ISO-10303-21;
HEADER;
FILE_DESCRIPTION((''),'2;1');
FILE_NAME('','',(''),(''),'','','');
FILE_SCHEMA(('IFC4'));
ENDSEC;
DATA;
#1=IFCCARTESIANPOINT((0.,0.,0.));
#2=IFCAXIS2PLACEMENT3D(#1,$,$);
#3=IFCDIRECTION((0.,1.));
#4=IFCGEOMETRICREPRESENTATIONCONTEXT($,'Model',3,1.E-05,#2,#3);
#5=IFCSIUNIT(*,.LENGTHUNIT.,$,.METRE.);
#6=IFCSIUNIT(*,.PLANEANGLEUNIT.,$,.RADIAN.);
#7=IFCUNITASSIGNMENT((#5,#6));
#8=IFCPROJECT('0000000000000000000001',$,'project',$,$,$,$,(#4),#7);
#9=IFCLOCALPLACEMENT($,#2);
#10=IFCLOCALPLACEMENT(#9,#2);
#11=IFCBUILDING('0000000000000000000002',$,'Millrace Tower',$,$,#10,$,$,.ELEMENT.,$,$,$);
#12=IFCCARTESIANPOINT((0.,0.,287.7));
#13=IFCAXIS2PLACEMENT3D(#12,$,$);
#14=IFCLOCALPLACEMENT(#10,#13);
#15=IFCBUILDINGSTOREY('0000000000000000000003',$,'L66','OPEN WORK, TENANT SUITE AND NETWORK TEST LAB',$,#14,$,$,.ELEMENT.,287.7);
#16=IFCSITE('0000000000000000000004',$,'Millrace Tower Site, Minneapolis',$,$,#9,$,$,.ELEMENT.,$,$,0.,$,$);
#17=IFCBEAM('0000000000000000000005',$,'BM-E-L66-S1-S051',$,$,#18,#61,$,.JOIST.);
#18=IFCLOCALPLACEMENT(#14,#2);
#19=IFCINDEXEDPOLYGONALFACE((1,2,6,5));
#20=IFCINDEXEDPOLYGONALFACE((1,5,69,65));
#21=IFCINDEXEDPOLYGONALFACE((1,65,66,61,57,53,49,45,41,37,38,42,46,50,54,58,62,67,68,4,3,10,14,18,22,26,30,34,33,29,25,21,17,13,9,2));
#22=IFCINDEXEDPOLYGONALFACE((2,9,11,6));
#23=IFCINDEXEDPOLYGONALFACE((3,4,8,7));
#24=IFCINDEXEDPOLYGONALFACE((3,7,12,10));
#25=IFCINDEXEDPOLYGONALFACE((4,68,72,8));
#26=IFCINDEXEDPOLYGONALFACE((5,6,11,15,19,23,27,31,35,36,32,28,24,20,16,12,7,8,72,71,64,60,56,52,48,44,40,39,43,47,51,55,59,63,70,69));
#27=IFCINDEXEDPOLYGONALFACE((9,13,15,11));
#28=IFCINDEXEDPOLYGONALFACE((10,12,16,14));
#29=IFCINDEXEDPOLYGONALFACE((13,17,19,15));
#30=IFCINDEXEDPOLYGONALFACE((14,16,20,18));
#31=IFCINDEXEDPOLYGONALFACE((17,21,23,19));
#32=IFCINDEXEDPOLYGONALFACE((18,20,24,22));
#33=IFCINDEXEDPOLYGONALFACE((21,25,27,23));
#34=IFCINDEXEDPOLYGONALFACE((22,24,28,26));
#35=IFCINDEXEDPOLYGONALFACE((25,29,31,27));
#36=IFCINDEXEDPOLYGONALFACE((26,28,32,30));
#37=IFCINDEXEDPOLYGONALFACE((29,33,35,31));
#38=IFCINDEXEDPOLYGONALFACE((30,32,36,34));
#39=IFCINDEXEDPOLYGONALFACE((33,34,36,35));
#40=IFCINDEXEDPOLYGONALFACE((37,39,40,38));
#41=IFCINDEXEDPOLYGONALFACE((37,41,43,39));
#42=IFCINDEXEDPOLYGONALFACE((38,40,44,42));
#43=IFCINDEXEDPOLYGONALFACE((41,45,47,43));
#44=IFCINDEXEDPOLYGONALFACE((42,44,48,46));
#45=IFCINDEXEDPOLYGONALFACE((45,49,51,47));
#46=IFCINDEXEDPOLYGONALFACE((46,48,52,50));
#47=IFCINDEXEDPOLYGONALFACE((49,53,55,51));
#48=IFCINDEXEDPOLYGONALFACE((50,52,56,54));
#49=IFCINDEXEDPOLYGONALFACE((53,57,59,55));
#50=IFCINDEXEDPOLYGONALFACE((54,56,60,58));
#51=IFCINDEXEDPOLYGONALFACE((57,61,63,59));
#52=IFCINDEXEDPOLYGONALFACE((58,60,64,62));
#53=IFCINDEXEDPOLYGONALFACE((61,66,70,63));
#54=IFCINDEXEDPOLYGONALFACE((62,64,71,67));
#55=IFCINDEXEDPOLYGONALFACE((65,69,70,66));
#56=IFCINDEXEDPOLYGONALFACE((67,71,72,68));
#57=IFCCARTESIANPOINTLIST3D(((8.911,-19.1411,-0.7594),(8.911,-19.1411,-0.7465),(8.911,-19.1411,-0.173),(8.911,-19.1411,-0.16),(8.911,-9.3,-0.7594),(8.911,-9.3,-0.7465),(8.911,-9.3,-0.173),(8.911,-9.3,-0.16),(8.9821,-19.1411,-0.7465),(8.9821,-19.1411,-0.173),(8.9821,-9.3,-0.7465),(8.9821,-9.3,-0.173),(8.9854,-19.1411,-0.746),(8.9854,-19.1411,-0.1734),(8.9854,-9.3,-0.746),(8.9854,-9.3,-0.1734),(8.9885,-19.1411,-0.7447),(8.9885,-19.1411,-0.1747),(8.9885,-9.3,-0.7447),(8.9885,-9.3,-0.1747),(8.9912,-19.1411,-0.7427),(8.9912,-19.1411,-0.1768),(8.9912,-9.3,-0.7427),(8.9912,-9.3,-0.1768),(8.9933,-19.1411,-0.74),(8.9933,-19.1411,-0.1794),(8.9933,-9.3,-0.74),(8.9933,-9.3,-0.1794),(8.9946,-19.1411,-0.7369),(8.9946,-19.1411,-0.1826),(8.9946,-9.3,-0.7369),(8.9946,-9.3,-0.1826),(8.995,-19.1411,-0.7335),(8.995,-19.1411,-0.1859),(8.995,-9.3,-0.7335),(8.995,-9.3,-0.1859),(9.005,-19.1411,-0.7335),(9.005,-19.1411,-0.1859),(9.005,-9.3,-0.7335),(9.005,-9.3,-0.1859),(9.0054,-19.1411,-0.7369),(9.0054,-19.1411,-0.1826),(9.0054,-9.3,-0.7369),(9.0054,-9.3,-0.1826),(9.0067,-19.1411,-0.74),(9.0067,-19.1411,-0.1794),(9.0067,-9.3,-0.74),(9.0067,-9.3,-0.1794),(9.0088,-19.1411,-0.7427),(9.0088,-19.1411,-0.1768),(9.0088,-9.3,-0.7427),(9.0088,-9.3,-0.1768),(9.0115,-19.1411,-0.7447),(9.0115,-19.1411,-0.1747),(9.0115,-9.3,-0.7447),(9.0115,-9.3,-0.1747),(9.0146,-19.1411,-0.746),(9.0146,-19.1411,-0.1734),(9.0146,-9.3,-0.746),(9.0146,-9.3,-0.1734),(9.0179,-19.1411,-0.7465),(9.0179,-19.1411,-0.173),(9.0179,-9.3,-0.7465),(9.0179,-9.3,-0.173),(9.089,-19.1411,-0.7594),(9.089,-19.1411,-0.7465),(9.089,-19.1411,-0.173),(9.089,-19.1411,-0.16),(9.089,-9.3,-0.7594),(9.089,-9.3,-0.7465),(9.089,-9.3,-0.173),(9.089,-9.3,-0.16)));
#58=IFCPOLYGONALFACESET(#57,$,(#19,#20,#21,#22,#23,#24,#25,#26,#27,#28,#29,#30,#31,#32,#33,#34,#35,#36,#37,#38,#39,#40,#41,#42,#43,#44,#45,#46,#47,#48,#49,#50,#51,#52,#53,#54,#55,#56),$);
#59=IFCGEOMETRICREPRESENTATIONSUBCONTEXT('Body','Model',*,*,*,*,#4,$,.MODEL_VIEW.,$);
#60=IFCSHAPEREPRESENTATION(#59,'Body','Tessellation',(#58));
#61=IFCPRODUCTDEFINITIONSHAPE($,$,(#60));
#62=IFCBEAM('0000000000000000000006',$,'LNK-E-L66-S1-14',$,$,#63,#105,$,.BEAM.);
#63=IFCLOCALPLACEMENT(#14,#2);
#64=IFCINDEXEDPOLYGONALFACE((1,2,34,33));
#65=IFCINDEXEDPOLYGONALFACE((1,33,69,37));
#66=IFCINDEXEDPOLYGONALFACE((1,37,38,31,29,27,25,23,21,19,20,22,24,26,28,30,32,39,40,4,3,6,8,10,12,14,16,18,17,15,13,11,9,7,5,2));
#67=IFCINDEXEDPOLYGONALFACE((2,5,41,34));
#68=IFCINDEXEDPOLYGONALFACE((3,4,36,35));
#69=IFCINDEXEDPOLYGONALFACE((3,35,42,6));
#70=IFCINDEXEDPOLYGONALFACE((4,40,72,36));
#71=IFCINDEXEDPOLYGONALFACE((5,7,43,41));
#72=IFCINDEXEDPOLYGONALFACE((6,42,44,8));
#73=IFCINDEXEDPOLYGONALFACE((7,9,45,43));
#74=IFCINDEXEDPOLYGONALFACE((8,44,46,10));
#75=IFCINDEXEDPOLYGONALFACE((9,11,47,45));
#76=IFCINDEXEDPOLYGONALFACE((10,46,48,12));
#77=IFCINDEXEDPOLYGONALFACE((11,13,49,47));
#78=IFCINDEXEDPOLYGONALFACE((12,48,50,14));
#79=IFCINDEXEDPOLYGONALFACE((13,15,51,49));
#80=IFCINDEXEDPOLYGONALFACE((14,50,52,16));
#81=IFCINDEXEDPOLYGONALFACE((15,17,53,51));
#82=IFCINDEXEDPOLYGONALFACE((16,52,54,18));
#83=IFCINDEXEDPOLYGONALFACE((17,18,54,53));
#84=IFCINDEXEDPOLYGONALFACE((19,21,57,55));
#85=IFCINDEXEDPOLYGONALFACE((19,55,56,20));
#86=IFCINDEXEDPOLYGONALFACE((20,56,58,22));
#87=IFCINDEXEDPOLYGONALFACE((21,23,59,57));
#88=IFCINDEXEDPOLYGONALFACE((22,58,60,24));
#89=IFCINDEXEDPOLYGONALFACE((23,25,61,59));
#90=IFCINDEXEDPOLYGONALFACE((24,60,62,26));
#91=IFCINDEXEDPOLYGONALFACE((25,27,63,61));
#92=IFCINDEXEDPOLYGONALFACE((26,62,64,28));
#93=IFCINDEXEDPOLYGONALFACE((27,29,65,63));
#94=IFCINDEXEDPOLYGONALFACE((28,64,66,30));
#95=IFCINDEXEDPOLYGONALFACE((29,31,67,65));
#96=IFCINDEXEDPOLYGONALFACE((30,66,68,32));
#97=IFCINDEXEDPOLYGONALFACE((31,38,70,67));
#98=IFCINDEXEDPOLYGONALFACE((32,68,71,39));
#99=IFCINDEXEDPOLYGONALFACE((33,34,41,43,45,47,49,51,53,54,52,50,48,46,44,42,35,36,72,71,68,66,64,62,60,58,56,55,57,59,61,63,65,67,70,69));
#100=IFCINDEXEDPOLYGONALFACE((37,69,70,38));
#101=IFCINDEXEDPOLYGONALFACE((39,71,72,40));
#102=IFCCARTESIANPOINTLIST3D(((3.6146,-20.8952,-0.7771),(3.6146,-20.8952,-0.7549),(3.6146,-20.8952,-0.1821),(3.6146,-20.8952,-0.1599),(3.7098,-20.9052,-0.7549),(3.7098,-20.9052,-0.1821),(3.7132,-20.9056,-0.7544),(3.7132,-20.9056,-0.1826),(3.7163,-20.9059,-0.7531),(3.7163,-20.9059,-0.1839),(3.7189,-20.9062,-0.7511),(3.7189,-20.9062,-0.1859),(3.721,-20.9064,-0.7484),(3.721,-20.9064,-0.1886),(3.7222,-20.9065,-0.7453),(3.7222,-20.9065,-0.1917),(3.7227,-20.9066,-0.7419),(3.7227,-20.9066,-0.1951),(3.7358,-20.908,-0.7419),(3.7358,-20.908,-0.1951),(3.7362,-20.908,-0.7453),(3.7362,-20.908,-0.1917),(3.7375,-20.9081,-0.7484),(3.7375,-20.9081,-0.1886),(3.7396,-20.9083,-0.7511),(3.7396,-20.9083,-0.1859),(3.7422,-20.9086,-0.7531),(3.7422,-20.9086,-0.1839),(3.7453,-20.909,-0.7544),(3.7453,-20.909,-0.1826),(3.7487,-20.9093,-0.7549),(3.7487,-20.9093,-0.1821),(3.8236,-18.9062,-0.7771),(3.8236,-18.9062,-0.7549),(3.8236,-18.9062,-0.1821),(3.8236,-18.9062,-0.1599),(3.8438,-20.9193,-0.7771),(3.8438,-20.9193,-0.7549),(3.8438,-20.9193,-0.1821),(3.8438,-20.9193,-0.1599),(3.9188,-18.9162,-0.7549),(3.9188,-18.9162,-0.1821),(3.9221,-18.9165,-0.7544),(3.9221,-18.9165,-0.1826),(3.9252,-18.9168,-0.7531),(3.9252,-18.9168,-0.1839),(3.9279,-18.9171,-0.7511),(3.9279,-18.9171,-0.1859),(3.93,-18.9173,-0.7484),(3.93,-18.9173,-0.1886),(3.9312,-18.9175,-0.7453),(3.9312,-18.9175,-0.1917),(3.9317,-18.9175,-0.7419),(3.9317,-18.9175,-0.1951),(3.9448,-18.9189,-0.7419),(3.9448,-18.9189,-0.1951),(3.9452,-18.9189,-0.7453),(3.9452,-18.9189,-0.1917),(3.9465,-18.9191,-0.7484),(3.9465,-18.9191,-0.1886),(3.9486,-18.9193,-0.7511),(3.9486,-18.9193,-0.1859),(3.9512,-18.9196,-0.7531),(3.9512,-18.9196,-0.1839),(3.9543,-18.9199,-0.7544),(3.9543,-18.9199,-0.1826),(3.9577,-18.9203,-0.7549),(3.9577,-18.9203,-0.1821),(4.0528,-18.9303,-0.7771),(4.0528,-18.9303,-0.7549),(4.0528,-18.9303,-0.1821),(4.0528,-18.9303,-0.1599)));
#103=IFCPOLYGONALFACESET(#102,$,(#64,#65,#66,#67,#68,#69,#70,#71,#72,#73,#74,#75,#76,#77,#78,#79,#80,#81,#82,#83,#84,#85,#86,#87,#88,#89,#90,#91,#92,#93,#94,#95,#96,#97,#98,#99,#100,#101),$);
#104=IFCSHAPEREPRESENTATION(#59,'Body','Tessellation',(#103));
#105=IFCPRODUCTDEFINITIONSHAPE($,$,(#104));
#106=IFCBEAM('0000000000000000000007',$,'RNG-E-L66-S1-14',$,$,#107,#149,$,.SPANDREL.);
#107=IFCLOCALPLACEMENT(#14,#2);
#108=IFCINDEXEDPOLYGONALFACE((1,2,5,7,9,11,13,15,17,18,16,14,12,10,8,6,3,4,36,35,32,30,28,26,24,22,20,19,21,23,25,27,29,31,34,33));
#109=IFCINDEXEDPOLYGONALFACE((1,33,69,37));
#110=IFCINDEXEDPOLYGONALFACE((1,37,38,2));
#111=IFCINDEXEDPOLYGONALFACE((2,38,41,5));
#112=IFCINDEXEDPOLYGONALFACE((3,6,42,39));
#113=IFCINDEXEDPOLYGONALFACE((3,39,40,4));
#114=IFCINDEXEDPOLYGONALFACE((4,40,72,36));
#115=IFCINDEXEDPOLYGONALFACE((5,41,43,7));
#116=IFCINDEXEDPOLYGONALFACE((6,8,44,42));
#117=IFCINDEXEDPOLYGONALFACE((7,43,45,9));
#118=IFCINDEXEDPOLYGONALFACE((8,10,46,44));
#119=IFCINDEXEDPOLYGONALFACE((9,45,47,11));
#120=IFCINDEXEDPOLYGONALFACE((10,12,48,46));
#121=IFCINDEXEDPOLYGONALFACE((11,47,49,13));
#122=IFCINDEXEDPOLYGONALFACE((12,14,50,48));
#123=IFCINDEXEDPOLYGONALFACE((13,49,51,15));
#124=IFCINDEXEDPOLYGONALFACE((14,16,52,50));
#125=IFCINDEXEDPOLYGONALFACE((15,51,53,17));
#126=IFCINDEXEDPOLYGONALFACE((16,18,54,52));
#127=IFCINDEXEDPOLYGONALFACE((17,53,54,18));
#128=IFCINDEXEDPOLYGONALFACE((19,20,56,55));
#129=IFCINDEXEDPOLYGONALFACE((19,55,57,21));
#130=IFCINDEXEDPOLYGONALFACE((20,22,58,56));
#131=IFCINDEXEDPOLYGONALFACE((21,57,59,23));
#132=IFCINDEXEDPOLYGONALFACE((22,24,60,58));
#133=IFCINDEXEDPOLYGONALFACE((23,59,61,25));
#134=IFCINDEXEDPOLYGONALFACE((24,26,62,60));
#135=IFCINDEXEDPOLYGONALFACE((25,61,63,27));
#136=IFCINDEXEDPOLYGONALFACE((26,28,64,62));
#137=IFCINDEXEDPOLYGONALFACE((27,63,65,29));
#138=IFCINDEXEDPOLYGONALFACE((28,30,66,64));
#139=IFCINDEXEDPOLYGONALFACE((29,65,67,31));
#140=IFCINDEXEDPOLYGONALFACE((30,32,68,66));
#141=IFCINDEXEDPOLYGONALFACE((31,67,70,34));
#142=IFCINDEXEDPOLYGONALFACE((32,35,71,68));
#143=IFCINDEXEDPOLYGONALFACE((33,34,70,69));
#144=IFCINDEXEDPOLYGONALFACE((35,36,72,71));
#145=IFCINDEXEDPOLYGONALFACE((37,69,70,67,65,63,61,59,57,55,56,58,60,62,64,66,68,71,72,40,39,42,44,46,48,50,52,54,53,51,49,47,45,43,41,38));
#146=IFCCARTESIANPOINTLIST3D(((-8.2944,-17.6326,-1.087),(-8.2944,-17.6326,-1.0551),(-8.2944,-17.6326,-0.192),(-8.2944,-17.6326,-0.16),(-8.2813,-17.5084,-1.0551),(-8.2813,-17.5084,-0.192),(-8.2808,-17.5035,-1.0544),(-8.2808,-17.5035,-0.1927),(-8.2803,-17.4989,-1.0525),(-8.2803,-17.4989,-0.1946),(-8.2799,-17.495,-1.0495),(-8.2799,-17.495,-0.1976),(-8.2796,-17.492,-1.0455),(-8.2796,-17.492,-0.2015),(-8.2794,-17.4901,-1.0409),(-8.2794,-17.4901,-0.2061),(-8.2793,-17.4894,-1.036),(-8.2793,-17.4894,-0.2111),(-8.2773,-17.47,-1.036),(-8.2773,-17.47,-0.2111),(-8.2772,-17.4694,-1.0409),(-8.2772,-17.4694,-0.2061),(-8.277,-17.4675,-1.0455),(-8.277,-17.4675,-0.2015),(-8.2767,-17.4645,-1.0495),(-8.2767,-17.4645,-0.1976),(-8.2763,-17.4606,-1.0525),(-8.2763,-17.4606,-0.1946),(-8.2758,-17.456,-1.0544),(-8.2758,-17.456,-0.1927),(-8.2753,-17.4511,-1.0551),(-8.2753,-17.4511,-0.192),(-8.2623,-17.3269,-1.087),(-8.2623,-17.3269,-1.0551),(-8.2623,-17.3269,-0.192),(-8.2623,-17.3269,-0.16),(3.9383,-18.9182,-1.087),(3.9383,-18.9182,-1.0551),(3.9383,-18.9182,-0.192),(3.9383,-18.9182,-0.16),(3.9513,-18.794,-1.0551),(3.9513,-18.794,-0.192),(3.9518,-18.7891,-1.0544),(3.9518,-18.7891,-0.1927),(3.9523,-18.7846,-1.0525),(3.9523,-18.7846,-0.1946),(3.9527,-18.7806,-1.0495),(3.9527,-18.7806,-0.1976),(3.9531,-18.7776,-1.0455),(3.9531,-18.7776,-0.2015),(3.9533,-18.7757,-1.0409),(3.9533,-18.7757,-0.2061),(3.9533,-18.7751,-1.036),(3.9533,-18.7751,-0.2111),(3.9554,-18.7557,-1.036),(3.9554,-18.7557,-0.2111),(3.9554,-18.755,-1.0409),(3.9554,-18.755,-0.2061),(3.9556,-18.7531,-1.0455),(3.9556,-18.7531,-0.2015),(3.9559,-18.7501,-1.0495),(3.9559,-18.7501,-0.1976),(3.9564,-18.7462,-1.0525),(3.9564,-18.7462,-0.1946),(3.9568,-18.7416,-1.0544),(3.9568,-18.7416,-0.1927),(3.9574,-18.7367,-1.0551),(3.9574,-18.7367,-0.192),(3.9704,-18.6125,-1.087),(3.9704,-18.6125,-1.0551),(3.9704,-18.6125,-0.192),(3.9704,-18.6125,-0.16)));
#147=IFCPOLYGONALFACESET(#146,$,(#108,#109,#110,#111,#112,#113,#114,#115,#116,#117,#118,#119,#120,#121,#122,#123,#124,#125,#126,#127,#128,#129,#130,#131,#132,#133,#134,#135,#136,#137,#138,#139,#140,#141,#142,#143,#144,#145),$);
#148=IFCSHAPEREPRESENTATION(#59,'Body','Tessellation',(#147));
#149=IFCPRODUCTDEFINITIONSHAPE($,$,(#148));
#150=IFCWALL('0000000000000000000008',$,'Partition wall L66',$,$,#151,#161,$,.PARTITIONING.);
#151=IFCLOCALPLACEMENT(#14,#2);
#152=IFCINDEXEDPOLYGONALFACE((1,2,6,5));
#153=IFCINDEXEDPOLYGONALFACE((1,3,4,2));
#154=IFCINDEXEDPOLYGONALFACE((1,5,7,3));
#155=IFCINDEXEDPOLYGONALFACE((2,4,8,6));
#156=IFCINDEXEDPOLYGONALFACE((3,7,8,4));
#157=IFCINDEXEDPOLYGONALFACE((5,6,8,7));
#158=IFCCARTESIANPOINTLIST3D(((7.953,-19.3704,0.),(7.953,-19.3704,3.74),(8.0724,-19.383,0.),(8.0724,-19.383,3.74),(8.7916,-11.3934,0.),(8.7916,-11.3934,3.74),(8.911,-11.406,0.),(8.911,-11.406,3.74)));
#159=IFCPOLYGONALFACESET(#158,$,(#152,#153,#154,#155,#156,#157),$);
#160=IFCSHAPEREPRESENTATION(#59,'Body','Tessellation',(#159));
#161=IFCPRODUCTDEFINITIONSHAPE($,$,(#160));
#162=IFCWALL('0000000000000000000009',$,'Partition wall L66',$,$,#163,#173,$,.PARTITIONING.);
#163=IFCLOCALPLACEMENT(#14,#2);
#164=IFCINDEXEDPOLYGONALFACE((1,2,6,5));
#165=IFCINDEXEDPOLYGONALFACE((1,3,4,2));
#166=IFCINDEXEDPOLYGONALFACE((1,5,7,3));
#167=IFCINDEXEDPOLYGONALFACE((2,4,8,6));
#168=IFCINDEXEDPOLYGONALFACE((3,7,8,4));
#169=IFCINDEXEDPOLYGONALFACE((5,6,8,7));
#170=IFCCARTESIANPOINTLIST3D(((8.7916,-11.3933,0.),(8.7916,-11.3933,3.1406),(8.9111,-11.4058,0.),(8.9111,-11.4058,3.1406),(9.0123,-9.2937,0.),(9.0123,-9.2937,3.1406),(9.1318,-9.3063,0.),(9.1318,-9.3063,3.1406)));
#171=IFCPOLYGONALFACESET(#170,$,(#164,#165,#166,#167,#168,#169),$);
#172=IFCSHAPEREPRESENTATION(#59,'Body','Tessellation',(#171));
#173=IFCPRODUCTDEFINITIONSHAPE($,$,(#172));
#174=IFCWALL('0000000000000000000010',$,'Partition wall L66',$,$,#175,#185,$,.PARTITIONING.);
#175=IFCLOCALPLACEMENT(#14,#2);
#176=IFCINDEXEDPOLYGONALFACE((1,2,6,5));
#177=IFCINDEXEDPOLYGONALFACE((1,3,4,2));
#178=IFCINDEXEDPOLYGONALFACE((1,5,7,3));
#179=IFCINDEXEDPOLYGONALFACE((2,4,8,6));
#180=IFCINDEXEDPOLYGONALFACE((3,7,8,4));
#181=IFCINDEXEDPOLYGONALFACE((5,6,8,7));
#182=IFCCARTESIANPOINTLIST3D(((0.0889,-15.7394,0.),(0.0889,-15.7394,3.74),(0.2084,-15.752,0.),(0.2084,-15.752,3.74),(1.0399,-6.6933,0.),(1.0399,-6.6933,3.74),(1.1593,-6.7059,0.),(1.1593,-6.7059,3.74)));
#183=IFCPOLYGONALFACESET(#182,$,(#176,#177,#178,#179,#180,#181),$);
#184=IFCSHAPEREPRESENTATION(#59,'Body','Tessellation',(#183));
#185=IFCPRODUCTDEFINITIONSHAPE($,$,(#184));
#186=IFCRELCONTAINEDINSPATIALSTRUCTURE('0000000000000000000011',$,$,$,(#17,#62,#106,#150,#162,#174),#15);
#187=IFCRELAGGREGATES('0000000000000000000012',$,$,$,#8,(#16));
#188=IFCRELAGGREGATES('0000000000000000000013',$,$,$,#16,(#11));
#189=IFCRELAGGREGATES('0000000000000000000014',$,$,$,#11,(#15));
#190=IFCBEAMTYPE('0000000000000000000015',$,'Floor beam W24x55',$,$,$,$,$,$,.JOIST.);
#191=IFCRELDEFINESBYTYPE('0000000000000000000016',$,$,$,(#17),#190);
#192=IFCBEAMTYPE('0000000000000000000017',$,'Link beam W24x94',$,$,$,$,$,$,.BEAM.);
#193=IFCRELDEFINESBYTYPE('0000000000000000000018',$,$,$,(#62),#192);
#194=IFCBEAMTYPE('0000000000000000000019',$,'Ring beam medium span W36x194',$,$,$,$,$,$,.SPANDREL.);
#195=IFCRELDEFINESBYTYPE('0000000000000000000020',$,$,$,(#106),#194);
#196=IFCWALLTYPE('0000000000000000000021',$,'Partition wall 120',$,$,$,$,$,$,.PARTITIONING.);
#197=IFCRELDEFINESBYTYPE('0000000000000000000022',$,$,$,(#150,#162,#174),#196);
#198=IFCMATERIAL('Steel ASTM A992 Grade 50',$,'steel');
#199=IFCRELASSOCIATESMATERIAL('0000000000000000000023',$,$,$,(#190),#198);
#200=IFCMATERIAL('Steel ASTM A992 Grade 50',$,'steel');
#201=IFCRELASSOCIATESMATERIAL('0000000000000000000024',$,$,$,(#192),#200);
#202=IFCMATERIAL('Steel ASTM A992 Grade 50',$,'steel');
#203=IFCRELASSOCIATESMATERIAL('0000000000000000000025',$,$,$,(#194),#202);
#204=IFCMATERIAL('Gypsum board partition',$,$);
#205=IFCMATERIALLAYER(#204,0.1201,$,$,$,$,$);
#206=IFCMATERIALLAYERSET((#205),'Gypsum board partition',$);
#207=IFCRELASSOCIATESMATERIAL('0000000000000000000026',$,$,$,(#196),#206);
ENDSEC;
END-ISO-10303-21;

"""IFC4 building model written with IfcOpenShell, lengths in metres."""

from ifc_helpers import new_model, si_unit, direction, frame, frame_2d, origin, origin_2d, place, context, subcontext, project, spatial, rectangle, i_section, extrude, material, layer, layer_set, material_profile, profile_set, type_object, element, save


model = new_model("IFC4")

# Units and contexts
model_context = context("Model", 3, precision=1e-05, world=origin(), true_north=direction((0.0, 1.0)))
body_context = subcontext(model_context, "Body", "Model", "MODEL_VIEW")
ifc_project = project(units=[si_unit("LENGTHUNIT", "METRE"), si_unit("PLANEANGLEUNIT", "RADIAN")], contexts=[model_context])

# Site, building, storey
site_placement = place(None, origin())
site = spatial("IfcSite", under=ifc_project, at=site_placement, Name="Millrace Tower Site, Minneapolis", CompositionType="ELEMENT", RefElevation=0.0)
building_placement = place(site_placement, origin())
building = spatial("IfcBuilding", under=site, at=building_placement, Name="Millrace Tower", CompositionType="ELEMENT")
storey_placement = place(building_placement, frame((0.0, 0.0, 287.7)))
storey = spatial("IfcBuildingStorey", under=building, at=storey_placement, Name="L66", Description="OPEN WORK, TENANT SUITE AND NETWORK TEST LAB", CompositionType="ELEMENT", Elevation=287.7)

# Beams
ifc_material_1 = material(Name="Steel ASTM A992 Grade 50", Category="steel")
ifc_material_profile_1 = material_profile(ifc_material_1, i_section(OverallWidth=0.178, OverallDepth=0.5994, WebThickness=0.01, FlangeThickness=0.0129, FilletRadius=0.0129, at=origin_2d()))
ifc_profile_set_1 = profile_set([ifc_material_profile_1], Name="Steel ASTM A992 Grade 50")
beam_type_1 = type_object("IfcBeamType", Name="Floor beam W24x55", PredefinedType="JOIST", material=ifc_profile_set_1)
beam_1_placement = place(storey_placement, frame((9.0, -19.1411, -0.4597), z_axis=(0.0, 1.0, 0.0), x_axis=(-1.0, 0.0, 0.0)))
element("IfcBeam", 1, at=beam_1_placement, inside=storey, type_object=beam_type_1, Name="BM-E-L66-S1-S051", PredefinedType="JOIST", context=body_context, shape_type="SweptSolid", body=[
    extrude(i_section(OverallWidth=0.178, OverallDepth=0.5994, WebThickness=0.01, FlangeThickness=0.0129, FilletRadius=0.0129, at=origin_2d()), origin(), (0.0, 0.0, 1.0), 9.8411),
])
ifc_material_2 = material(Name="Steel ASTM A992 Grade 50", Category="steel")
ifc_material_profile_2 = material_profile(ifc_material_2, i_section(OverallWidth=0.2305, OverallDepth=0.6172, WebThickness=0.0132, FlangeThickness=0.0222, FilletRadius=0.0129, at=origin_2d()))
ifc_profile_set_2 = profile_set([ifc_material_profile_2], Name="Steel ASTM A992 Grade 50")
beam_type_2 = type_object("IfcBeamType", Name="Link beam W24x94", PredefinedType="BEAM", material=ifc_profile_set_2)
beam_2_placement = place(storey_placement, frame((3.9382, -18.9182, -0.4685), z_axis=(-0.104494, -0.994526, 0.0), x_axis=(0.994526, -0.104494, 0.0)))
element("IfcBeam", 2, at=beam_2_placement, inside=storey, type_object=beam_type_2, Name="LNK-E-L66-S1-14", PredefinedType="BEAM", context=body_context, shape_type="SweptSolid", body=[
    extrude(i_section(OverallWidth=0.2305, OverallDepth=0.6172, WebThickness=0.0132, FlangeThickness=0.0222, FilletRadius=0.0129, at=origin_2d()), origin(), (0.0, 0.0, 1.0), 2.0),
])
ifc_material_3 = material(Name="Steel ASTM A992 Grade 50", Category="steel")
ifc_material_profile_3 = material_profile(ifc_material_3, i_section(OverallWidth=0.3074, OverallDepth=0.927, WebThickness=0.0195, FlangeThickness=0.032, FilletRadius=0.019, at=origin_2d()))
ifc_profile_set_3 = profile_set([ifc_material_profile_3], Name="Steel ASTM A992 Grade 50")
beam_type_3 = type_object("IfcBeamType", Name="Ring beam medium span W36x194", PredefinedType="SPANDREL", material=ifc_profile_set_3)
beam_3_placement = place(storey_placement, frame((3.9543, -18.7654, -0.6235), z_axis=(-0.994522, 0.104524, 0.0), x_axis=(-0.104524, -0.994522, 0.0)))
element("IfcBeam", 3, at=beam_3_placement, inside=storey, type_object=beam_type_3, Name="RNG-E-L66-S1-14", PredefinedType="SPANDREL", context=body_context, shape_type="SweptSolid", body=[
    extrude(i_section(OverallWidth=0.3074, OverallDepth=0.927, WebThickness=0.0195, FlangeThickness=0.032, FilletRadius=0.019, at=origin_2d()), origin(), (0.0, 0.0, 1.0), 12.3),
])

# Walls
ifc_material_4 = material(Name="Gypsum board partition")
ifc_layer_1 = layer(ifc_material_4, 0.1201)
ifc_layer_set_1 = layer_set([ifc_layer_1], Name="Gypsum board partition")
wall_type_1 = type_object("IfcWallType", Name="Partition wall 120", PredefinedType="PARTITIONING", material=ifc_layer_set_1)
wall_1_placement = place(storey_placement, frame((8.0127, -19.3767, 0.0), z_axis=(0.0, 0.0, 1.0), x_axis=(0.104553, 0.994519, 0.0)))
element("IfcWall", 4, at=wall_1_placement, inside=storey, type_object=wall_type_1, Name="Partition wall L66", PredefinedType="PARTITIONING", context=body_context, shape_type="SweptSolid", body=[
    extrude(rectangle(XDim=8.021, YDim=0.1201, at=frame_2d((4.0105, 0.0))), origin(), (0.0, 0.0, 1.0), 3.74),
])
wall_2_placement = place(storey_placement, frame((8.8513, -11.3997, 0.0), z_axis=(0.0, 0.0, 1.0), x_axis=(0.10454, 0.994521, 0.0)))
element("IfcWall", 5, at=wall_2_placement, inside=storey, type_object=wall_type_1, Name="Partition wall L66", PredefinedType="PARTITIONING", context=body_context, shape_type="SweptSolid", body=[
    extrude(rectangle(XDim=2.1111, YDim=0.1201, at=frame_2d((1.0557, 0.0))), origin(), (0.0, 0.0, 1.0), 3.1406),
])
wall_3_placement = place(storey_placement, frame((0.1487, -15.7456, 0.0), z_axis=(0.0, 0.0, 1.0), x_axis=(0.104544, 0.99452, 0.0)))
element("IfcWall", 6, at=wall_3_placement, inside=storey, type_object=wall_type_1, Name="Partition wall L66", PredefinedType="PARTITIONING", context=body_context, shape_type="SweptSolid", body=[
    extrude(rectangle(XDim=9.0959, YDim=0.1201, at=frame_2d((4.5479, 0.0))), origin(), (0.0, 0.0, 1.0), 3.74),
])

save(model, "model.ifc")
